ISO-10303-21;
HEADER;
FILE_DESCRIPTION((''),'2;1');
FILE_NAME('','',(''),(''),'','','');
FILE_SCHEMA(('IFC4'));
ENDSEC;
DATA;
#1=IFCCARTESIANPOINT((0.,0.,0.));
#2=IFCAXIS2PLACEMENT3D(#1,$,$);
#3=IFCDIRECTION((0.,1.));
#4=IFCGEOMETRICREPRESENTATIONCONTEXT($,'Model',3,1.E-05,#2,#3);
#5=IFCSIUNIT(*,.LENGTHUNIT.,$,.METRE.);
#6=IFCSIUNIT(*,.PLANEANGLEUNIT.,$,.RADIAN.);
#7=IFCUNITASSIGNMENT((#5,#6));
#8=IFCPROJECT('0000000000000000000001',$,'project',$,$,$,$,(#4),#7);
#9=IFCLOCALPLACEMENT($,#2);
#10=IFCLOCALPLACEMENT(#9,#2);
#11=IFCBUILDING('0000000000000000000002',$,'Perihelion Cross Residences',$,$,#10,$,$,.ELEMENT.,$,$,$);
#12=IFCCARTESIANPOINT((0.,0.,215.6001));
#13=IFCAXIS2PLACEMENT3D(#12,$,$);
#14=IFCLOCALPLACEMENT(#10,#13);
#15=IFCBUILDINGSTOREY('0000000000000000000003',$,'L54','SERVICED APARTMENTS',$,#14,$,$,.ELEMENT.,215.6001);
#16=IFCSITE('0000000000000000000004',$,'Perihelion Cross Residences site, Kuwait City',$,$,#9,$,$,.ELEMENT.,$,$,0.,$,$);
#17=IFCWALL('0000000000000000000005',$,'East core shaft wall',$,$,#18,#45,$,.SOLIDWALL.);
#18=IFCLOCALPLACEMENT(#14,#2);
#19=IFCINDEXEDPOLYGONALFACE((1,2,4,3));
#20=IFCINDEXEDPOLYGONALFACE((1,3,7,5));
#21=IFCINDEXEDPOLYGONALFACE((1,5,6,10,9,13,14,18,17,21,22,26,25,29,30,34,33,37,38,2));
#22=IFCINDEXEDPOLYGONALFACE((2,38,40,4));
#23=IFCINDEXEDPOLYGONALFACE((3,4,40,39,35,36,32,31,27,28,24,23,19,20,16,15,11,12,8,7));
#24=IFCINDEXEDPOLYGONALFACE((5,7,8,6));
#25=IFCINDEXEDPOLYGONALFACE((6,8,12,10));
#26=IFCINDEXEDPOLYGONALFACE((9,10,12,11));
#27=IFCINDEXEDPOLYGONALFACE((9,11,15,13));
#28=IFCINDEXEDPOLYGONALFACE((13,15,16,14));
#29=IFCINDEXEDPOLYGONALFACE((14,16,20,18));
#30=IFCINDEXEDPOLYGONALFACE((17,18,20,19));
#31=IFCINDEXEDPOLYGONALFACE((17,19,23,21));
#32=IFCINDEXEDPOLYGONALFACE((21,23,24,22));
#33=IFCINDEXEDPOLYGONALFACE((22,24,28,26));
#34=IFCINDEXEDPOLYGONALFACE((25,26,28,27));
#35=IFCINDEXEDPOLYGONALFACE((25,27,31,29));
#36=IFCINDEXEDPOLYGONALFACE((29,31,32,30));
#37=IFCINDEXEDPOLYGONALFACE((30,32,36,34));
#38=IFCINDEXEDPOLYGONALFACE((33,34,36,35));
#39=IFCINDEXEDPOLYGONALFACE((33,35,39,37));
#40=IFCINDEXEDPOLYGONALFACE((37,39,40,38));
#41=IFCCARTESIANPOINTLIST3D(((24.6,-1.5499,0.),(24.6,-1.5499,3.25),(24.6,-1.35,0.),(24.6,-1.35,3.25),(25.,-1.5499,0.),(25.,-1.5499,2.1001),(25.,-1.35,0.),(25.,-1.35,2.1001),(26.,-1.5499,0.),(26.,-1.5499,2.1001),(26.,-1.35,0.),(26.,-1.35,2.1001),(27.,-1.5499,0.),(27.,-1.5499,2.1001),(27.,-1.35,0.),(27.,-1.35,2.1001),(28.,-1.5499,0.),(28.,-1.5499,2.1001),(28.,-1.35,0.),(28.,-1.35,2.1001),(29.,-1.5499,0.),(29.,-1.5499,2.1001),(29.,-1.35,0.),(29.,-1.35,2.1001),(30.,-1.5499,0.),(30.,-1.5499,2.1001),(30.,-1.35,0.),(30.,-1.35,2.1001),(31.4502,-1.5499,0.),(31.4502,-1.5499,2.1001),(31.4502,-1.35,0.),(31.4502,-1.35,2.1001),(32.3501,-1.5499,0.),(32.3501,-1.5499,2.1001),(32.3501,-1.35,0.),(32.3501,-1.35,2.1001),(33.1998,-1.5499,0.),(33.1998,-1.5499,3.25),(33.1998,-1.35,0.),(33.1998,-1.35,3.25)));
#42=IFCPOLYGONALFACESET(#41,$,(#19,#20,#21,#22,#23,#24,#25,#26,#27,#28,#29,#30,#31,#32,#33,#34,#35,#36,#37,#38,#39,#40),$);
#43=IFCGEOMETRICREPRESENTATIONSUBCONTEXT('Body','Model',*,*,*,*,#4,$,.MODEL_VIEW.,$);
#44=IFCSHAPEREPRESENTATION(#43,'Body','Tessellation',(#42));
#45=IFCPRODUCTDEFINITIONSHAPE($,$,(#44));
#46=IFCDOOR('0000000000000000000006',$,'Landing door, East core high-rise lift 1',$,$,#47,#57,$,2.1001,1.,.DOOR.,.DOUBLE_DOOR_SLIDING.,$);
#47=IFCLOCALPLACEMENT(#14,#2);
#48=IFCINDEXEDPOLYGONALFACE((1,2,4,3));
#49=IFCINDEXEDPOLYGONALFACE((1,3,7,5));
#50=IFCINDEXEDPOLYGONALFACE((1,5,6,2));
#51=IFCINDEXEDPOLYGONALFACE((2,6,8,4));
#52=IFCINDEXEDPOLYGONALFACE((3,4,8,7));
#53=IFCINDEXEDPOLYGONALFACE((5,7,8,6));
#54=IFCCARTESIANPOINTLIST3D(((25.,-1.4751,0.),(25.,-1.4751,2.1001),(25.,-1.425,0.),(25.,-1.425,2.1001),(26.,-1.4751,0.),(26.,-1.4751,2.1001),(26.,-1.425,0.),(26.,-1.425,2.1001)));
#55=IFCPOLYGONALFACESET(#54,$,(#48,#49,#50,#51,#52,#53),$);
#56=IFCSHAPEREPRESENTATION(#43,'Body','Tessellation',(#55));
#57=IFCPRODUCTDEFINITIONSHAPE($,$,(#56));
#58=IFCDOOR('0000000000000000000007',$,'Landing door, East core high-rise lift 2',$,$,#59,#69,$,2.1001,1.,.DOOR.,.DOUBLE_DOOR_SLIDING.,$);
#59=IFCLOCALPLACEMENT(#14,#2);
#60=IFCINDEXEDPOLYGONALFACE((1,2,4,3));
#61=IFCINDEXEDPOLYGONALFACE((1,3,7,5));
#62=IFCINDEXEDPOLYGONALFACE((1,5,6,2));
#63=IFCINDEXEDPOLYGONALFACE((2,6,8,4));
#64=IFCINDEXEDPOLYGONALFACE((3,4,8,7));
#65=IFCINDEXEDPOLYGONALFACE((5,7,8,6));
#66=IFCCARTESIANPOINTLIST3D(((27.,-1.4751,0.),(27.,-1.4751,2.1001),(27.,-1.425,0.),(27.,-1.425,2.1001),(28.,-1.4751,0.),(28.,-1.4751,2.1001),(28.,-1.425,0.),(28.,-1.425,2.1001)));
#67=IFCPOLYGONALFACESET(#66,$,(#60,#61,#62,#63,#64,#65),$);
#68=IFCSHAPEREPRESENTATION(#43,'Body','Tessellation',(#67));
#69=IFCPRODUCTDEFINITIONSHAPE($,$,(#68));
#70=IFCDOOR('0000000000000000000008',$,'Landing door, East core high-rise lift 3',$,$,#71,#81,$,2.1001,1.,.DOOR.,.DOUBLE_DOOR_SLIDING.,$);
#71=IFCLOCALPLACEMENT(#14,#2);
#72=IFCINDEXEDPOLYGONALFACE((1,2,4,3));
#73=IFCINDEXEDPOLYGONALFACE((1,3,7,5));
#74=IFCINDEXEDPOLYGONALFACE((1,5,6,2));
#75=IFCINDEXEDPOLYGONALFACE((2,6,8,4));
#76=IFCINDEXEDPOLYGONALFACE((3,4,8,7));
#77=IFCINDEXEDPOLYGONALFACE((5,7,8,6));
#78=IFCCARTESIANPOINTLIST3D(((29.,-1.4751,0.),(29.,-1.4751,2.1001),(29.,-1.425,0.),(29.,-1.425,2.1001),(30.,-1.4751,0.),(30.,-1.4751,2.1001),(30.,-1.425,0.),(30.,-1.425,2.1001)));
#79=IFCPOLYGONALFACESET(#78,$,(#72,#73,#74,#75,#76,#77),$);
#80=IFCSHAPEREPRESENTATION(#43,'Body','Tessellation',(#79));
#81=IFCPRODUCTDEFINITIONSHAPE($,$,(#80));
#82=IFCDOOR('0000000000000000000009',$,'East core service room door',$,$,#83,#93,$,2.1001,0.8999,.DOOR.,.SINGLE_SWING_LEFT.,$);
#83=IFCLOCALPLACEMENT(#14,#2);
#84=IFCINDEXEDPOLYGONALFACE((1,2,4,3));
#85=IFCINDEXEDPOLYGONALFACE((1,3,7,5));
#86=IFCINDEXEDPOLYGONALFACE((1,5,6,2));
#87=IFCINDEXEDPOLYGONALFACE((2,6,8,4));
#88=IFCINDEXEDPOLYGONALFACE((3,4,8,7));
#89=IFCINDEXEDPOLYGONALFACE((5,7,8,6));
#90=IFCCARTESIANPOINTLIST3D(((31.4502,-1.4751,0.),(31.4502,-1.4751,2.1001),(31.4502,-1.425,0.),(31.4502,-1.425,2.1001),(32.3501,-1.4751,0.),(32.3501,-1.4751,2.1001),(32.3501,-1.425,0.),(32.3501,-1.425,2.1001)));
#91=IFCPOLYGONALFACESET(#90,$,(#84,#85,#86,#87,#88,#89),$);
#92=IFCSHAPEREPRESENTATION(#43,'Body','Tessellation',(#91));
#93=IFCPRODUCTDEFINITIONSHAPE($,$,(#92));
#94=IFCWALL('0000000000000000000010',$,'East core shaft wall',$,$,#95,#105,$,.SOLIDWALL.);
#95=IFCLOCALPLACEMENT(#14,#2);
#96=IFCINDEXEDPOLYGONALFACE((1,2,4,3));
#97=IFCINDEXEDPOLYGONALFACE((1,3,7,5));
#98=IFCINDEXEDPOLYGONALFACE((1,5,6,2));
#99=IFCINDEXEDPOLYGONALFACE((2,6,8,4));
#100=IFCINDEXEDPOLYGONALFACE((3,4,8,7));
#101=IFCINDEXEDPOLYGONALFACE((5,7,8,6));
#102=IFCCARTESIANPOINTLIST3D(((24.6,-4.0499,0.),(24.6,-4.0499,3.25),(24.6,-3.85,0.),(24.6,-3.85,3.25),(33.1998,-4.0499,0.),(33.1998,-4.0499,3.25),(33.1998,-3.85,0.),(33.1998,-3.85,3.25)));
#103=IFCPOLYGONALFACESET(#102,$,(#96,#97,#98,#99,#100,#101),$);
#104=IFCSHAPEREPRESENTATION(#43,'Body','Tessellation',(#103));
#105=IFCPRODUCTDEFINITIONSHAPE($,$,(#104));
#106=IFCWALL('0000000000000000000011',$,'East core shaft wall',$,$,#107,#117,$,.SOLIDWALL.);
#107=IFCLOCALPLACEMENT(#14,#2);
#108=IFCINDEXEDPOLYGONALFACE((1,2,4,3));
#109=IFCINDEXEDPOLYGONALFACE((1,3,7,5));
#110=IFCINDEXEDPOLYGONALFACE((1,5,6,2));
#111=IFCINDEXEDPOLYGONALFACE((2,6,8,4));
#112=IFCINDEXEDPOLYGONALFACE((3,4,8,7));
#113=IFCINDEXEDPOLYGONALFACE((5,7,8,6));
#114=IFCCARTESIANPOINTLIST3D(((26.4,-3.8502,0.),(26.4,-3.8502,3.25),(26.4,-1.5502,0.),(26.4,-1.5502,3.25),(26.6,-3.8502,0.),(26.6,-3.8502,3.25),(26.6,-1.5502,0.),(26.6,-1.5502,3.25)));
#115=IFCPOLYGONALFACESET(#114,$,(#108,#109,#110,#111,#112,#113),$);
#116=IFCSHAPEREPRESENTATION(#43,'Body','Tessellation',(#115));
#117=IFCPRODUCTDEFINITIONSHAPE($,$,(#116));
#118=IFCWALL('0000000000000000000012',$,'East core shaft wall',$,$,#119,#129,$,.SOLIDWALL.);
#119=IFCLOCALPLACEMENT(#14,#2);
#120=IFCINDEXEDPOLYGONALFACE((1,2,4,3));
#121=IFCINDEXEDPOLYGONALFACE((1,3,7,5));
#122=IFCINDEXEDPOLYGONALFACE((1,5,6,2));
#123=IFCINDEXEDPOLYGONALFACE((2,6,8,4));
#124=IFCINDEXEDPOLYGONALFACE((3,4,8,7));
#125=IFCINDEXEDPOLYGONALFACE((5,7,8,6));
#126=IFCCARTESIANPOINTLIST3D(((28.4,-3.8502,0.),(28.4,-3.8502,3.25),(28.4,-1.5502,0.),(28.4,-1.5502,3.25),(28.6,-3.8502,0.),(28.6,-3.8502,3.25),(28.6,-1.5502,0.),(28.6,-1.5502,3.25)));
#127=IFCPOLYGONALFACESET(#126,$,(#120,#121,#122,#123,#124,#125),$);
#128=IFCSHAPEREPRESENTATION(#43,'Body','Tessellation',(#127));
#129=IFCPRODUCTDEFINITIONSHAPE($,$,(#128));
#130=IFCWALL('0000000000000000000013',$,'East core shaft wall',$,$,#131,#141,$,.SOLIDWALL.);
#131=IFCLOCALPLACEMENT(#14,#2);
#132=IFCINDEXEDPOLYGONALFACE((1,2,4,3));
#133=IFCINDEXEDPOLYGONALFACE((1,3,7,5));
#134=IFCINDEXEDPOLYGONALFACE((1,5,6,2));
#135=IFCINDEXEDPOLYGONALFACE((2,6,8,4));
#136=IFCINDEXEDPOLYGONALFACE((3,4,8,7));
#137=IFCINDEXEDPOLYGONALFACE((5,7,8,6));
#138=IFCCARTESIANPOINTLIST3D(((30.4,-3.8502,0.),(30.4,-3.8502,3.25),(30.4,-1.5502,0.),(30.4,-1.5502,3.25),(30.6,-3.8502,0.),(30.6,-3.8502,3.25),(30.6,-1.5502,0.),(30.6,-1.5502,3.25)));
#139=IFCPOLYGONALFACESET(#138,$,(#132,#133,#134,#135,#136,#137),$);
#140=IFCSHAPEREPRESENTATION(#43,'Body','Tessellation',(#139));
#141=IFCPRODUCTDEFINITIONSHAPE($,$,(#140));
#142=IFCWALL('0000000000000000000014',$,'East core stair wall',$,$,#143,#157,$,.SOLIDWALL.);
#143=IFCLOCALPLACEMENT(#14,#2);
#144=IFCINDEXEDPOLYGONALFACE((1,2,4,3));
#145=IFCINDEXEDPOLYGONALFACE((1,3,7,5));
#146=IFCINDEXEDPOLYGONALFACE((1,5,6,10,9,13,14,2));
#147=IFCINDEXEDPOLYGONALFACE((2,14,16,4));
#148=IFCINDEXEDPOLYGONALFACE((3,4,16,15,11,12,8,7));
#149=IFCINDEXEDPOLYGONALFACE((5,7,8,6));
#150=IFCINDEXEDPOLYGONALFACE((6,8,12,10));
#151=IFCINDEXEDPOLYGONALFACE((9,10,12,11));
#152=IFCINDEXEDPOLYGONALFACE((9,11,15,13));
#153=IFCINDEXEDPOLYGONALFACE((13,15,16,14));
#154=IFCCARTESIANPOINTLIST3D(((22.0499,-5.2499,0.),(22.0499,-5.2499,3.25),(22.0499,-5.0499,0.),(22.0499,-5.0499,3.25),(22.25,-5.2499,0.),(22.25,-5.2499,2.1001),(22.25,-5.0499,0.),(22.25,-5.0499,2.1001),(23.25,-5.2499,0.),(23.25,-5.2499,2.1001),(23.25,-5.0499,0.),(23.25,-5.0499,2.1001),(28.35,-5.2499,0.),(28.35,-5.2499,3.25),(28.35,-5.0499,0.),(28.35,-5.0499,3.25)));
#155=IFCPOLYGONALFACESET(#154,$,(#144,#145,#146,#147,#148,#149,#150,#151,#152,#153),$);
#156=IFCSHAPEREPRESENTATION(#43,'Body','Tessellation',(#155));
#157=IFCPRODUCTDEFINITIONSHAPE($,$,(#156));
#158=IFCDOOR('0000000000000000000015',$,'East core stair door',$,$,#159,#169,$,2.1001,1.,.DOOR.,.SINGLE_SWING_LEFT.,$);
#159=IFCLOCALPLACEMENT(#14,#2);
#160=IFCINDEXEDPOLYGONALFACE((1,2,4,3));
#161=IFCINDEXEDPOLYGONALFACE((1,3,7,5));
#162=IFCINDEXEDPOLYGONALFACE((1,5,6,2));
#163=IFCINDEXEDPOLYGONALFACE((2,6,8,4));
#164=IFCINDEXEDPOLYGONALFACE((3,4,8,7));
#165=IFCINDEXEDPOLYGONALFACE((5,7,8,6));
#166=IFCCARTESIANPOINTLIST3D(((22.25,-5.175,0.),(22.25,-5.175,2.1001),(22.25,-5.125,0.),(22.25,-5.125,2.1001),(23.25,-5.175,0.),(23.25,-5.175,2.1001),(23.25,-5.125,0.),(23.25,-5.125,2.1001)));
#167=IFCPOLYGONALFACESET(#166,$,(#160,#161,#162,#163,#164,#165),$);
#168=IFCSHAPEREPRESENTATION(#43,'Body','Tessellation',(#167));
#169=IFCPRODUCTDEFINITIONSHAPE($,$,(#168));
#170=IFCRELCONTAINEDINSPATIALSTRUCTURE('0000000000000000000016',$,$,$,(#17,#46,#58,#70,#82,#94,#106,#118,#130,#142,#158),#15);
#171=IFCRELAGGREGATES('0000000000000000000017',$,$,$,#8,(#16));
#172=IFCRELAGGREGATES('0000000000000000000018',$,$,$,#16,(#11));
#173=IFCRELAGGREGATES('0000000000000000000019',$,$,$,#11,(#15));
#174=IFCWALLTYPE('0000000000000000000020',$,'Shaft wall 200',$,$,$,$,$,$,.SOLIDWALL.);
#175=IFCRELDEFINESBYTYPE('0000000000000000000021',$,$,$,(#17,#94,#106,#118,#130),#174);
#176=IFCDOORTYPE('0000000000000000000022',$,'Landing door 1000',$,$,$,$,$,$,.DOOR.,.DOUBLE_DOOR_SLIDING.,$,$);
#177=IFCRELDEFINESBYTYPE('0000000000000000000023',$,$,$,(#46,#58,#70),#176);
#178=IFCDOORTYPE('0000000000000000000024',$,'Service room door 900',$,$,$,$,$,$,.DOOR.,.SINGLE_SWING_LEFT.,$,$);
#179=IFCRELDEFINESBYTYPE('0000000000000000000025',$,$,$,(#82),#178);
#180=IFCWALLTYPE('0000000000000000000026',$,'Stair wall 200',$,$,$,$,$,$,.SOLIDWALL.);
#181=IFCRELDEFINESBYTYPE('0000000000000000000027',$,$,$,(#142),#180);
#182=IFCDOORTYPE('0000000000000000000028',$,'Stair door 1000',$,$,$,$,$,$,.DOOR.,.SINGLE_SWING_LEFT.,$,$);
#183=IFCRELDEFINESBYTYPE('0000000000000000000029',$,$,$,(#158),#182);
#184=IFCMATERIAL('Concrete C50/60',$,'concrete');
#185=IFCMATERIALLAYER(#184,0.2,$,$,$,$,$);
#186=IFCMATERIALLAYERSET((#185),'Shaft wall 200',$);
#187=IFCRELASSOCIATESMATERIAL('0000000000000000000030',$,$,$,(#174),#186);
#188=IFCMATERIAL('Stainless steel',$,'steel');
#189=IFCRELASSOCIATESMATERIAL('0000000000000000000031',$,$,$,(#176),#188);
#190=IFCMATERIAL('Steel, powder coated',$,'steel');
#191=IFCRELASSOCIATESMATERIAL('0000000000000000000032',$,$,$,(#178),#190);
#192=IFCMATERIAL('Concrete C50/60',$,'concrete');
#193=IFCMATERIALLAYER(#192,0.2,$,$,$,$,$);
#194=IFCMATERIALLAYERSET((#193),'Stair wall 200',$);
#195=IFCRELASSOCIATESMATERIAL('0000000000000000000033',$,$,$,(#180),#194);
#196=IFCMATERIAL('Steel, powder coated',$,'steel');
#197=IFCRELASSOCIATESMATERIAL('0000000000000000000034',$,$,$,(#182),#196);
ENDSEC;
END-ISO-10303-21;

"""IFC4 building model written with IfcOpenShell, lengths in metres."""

from ifc_helpers import new_model, si_unit, direction, frame, frame_2d, origin, place, context, subcontext, project, spatial, rectangle, extrude, material, layer, layer_set, type_object, element, fill, save


model = new_model("IFC4")

# Units and contexts
model_context = context("Model", 3, precision=1e-05, world=origin(), true_north=direction((0.0, 1.0)))
body_context = subcontext(model_context, "Body", "Model", "MODEL_VIEW")
ifc_project = project(units=[si_unit("LENGTHUNIT", "METRE"), si_unit("PLANEANGLEUNIT", "RADIAN")], contexts=[model_context])

# Site, building, storey
site_placement = place(None, origin())
site = spatial("IfcSite", under=ifc_project, at=site_placement, Name="Perihelion Cross Residences site, Kuwait City", CompositionType="ELEMENT", RefElevation=0.0)
building_placement = place(site_placement, origin())
building = spatial("IfcBuilding", under=site, at=building_placement, Name="Perihelion Cross Residences", CompositionType="ELEMENT")
storey_placement = place(building_placement, frame((0.0, 0.0, 215.6001)))
storey = spatial("IfcBuildingStorey", under=building, at=storey_placement, Name="L54", Description="SERVICED APARTMENTS", CompositionType="ELEMENT", Elevation=215.6001)

# Wall, openings, doors
ifc_material_1 = material(Name="Concrete C50/60", Category="concrete")
ifc_layer_1 = layer(ifc_material_1, 0.2)
ifc_layer_set_1 = layer_set([ifc_layer_1], Name="Shaft wall 200")
wall_type_1 = type_object("IfcWallType", Name="Shaft wall 200", PredefinedType="SOLIDWALL", material=ifc_layer_set_1)
wall_1_placement = place(storey_placement, frame((24.6001, -1.45, 0.0), z_axis=(0.0, 0.0, 1.0), x_axis=(1.0, 0.0, 0.0)))
wall_1 = element("IfcWall", 1, at=wall_1_placement, inside=storey, type_object=wall_type_1, Name="East core shaft wall", PredefinedType="SOLIDWALL", context=body_context, shape_type="SweptSolid", body=[
    extrude(rectangle(XDim=8.5999, YDim=0.2, at=frame_2d((4.2998, 0.0))), origin(), (0.0, 0.0, 1.0), 3.25),
])
opening_1_placement = place(wall_1_placement, frame((0.3999, 0.0, 0.0)))
opening_1 = element("IfcOpeningElement", 2, at=opening_1_placement, cuts=wall_1, PredefinedType="OPENING", context=body_context, shape_type="SweptSolid", body=[
    extrude(rectangle(XDim=1.0, YDim=2.1001, at=frame_2d((0.5, 1.05))), frame((0.0, 0.1099, 0.0), z_axis=(0.0, -1.0, 0.0), x_axis=(1.0, 0.0, 0.0)), (0.0, 0.0, 1.0), 0.22),
])
opening_2_placement = place(wall_1_placement, frame((2.3999, 0.0, 0.0)))
opening_2 = element("IfcOpeningElement", 3, at=opening_2_placement, cuts=wall_1, PredefinedType="OPENING", context=body_context, shape_type="SweptSolid", body=[
    extrude(rectangle(XDim=1.0, YDim=2.1001, at=frame_2d((0.5, 1.05))), frame((0.0, 0.1099, 0.0), z_axis=(0.0, -1.0, 0.0), x_axis=(1.0, 0.0, 0.0)), (0.0, 0.0, 1.0), 0.22),
])
opening_3_placement = place(wall_1_placement, frame((4.3999, 0.0, 0.0)))
opening_3 = element("IfcOpeningElement", 4, at=opening_3_placement, cuts=wall_1, PredefinedType="OPENING", context=body_context, shape_type="SweptSolid", body=[
    extrude(rectangle(XDim=1.0, YDim=2.1001, at=frame_2d((0.5, 1.05))), frame((0.0, 0.1099, 0.0), z_axis=(0.0, -1.0, 0.0), x_axis=(1.0, 0.0, 0.0)), (0.0, 0.0, 1.0), 0.22),
])
opening_4_placement = place(wall_1_placement, frame((6.8501, 0.0, 0.0)))
opening_4 = element("IfcOpeningElement", 5, at=opening_4_placement, cuts=wall_1, PredefinedType="OPENING", context=body_context, shape_type="SweptSolid", body=[
    extrude(rectangle(XDim=0.8999, YDim=2.1001, at=frame_2d((0.45, 1.05))), frame((0.0, 0.1099, 0.0), z_axis=(0.0, -1.0, 0.0), x_axis=(1.0, 0.0, 0.0)), (0.0, 0.0, 1.0), 0.22),
])
ifc_material_2 = material(Name="Stainless steel", Category="steel")
door_type_1 = type_object("IfcDoorType", Name="Landing door 1000", OperationType="DOUBLE_DOOR_SLIDING", PredefinedType="DOOR", material=ifc_material_2)
door_1_placement = place(opening_1_placement, origin())
door_1 = element("IfcDoor", 6, at=door_1_placement, inside=storey, type_object=door_type_1, Name="Landing door, East core high-rise lift 1", OperationType="DOUBLE_DOOR_SLIDING", OverallHeight=2.1001, OverallWidth=1.0, PredefinedType="DOOR", context=body_context, shape_type="SweptSolid", body=[
    extrude(rectangle(XDim=1.0, YDim=2.1001, at=frame_2d((0.5, 1.05))), frame((0.0, 0.0249, 0.0), z_axis=(0.0, -1.0, 0.0), x_axis=(1.0, 0.0, 0.0)), (0.0, 0.0, 1.0), 0.05),
])
fill(opening_1, door_1)
door_2_placement = place(opening_2_placement, origin())
door_2 = element("IfcDoor", 7, at=door_2_placement, inside=storey, type_object=door_type_1, Name="Landing door, East core high-rise lift 2", OperationType="DOUBLE_DOOR_SLIDING", OverallHeight=2.1001, OverallWidth=1.0, PredefinedType="DOOR", context=body_context, shape_type="SweptSolid", body=[
    extrude(rectangle(XDim=1.0, YDim=2.1001, at=frame_2d((0.5, 1.05))), frame((0.0, 0.0249, 0.0), z_axis=(0.0, -1.0, 0.0), x_axis=(1.0, 0.0, 0.0)), (0.0, 0.0, 1.0), 0.05),
])
fill(opening_2, door_2)
door_3_placement = place(opening_3_placement, origin())
door_3 = element("IfcDoor", 8, at=door_3_placement, inside=storey, type_object=door_type_1, Name="Landing door, East core high-rise lift 3", OperationType="DOUBLE_DOOR_SLIDING", OverallHeight=2.1001, OverallWidth=1.0, PredefinedType="DOOR", context=body_context, shape_type="SweptSolid", body=[
    extrude(rectangle(XDim=1.0, YDim=2.1001, at=frame_2d((0.5, 1.05))), frame((0.0, 0.0249, 0.0), z_axis=(0.0, -1.0, 0.0), x_axis=(1.0, 0.0, 0.0)), (0.0, 0.0, 1.0), 0.05),
])
fill(opening_3, door_3)
ifc_material_3 = material(Name="Steel, powder coated", Category="steel")
door_type_2 = type_object("IfcDoorType", Name="Service room door 900", OperationType="SINGLE_SWING_LEFT", PredefinedType="DOOR", material=ifc_material_3)
door_4_placement = place(opening_4_placement, origin())
door_4 = element("IfcDoor", 9, at=door_4_placement, inside=storey, type_object=door_type_2, Name="East core service room door", OperationType="SINGLE_SWING_LEFT", OverallHeight=2.1001, OverallWidth=0.8999, PredefinedType="DOOR", context=body_context, shape_type="SweptSolid", body=[
    extrude(rectangle(XDim=0.8999, YDim=2.1001, at=frame_2d((0.45, 1.05))), frame((0.0, 0.0249, 0.0), z_axis=(0.0, -1.0, 0.0), x_axis=(1.0, 0.0, 0.0)), (0.0, 0.0, 1.0), 0.05),
])
fill(opening_4, door_4)

# Walls
wall_2_placement = place(storey_placement, frame((24.6001, -3.95, 0.0), z_axis=(0.0, 0.0, 1.0), x_axis=(1.0, 0.0, 0.0)))
element("IfcWall", 10, at=wall_2_placement, inside=storey, type_object=wall_type_1, Name="East core shaft wall", PredefinedType="SOLIDWALL", context=body_context, shape_type="SweptSolid", body=[
    extrude(rectangle(XDim=8.5999, YDim=0.2, at=frame_2d((4.2998, 0.0))), origin(), (0.0, 0.0, 1.0), 3.25),
])
for number, where, z_axis, x_axis, name in (
    (11, (26.5, -3.8501, 0.0), (0.0, 0.0, 1.0), (0.0, 1.0, 0.0), "East core shaft wall"),
    (12, (28.5, -3.8501, 0.0), (0.0, 0.0, 1.0), (0.0, 1.0, 0.0), "East core shaft wall"),
    (13, (30.5, -3.8501, 0.0), (0.0, 0.0, 1.0), (0.0, 1.0, 0.0), "East core shaft wall"),
):
    element("IfcWall", number, at=place(storey_placement, frame(where, z_axis=z_axis, x_axis=x_axis)), inside=storey, type_object=wall_type_1, Name=name, PredefinedType="SOLIDWALL", context=body_context, shape_type="SweptSolid", body=[
        extrude(rectangle(XDim=2.3, YDim=0.2, at=frame_2d((1.1499, 0.0))), origin(), (0.0, 0.0, 1.0), 3.25),
    ])

# Wall, opening, door
ifc_material_4 = material(Name="Concrete C50/60", Category="concrete")
ifc_layer_2 = layer(ifc_material_4, 0.2)
ifc_layer_set_2 = layer_set([ifc_layer_2], Name="Stair wall 200")
wall_type_2 = type_object("IfcWallType", Name="Stair wall 200", PredefinedType="SOLIDWALL", material=ifc_layer_set_2)
wall_3_placement = place(storey_placement, frame((22.05, -5.1499, 0.0), z_axis=(0.0, 0.0, 1.0), x_axis=(1.0, 0.0, 0.0)))
wall_3 = element("IfcWall", 14, at=wall_3_placement, inside=storey, type_object=wall_type_2, Name="East core stair wall", PredefinedType="SOLIDWALL", context=body_context, shape_type="SweptSolid", body=[
    extrude(rectangle(XDim=6.3, YDim=0.2, at=frame_2d((3.1499, 0.0))), origin(), (0.0, 0.0, 1.0), 3.25),
])
opening_5_placement = place(wall_3_placement, frame((0.2, 0.0, 0.0)))
opening_5 = element("IfcOpeningElement", 15, at=opening_5_placement, cuts=wall_3, PredefinedType="OPENING", context=body_context, shape_type="SweptSolid", body=[
    extrude(rectangle(XDim=1.0, YDim=2.1001, at=frame_2d((0.5, 1.05))), frame((0.0, 0.1099, 0.0), z_axis=(0.0, -1.0, 0.0), x_axis=(1.0, 0.0, 0.0)), (0.0, 0.0, 1.0), 0.22),
])
ifc_material_5 = material(Name="Steel, powder coated", Category="steel")
door_type_3 = type_object("IfcDoorType", Name="Stair door 1000", OperationType="SINGLE_SWING_LEFT", PredefinedType="DOOR", material=ifc_material_5)
door_5_placement = place(opening_5_placement, origin())
door_5 = element("IfcDoor", 16, at=door_5_placement, inside=storey, type_object=door_type_3, Name="East core stair door", OperationType="SINGLE_SWING_LEFT", OverallHeight=2.1001, OverallWidth=1.0, PredefinedType="DOOR", context=body_context, shape_type="SweptSolid", body=[
    extrude(rectangle(XDim=1.0, YDim=2.1001, at=frame_2d((0.5, 1.05))), frame((0.0, 0.0249, 0.0), z_axis=(0.0, -1.0, 0.0), x_axis=(1.0, 0.0, 0.0)), (0.0, 0.0, 1.0), 0.05),
])
fill(opening_5, door_5)

save(model, "model.ifc")
